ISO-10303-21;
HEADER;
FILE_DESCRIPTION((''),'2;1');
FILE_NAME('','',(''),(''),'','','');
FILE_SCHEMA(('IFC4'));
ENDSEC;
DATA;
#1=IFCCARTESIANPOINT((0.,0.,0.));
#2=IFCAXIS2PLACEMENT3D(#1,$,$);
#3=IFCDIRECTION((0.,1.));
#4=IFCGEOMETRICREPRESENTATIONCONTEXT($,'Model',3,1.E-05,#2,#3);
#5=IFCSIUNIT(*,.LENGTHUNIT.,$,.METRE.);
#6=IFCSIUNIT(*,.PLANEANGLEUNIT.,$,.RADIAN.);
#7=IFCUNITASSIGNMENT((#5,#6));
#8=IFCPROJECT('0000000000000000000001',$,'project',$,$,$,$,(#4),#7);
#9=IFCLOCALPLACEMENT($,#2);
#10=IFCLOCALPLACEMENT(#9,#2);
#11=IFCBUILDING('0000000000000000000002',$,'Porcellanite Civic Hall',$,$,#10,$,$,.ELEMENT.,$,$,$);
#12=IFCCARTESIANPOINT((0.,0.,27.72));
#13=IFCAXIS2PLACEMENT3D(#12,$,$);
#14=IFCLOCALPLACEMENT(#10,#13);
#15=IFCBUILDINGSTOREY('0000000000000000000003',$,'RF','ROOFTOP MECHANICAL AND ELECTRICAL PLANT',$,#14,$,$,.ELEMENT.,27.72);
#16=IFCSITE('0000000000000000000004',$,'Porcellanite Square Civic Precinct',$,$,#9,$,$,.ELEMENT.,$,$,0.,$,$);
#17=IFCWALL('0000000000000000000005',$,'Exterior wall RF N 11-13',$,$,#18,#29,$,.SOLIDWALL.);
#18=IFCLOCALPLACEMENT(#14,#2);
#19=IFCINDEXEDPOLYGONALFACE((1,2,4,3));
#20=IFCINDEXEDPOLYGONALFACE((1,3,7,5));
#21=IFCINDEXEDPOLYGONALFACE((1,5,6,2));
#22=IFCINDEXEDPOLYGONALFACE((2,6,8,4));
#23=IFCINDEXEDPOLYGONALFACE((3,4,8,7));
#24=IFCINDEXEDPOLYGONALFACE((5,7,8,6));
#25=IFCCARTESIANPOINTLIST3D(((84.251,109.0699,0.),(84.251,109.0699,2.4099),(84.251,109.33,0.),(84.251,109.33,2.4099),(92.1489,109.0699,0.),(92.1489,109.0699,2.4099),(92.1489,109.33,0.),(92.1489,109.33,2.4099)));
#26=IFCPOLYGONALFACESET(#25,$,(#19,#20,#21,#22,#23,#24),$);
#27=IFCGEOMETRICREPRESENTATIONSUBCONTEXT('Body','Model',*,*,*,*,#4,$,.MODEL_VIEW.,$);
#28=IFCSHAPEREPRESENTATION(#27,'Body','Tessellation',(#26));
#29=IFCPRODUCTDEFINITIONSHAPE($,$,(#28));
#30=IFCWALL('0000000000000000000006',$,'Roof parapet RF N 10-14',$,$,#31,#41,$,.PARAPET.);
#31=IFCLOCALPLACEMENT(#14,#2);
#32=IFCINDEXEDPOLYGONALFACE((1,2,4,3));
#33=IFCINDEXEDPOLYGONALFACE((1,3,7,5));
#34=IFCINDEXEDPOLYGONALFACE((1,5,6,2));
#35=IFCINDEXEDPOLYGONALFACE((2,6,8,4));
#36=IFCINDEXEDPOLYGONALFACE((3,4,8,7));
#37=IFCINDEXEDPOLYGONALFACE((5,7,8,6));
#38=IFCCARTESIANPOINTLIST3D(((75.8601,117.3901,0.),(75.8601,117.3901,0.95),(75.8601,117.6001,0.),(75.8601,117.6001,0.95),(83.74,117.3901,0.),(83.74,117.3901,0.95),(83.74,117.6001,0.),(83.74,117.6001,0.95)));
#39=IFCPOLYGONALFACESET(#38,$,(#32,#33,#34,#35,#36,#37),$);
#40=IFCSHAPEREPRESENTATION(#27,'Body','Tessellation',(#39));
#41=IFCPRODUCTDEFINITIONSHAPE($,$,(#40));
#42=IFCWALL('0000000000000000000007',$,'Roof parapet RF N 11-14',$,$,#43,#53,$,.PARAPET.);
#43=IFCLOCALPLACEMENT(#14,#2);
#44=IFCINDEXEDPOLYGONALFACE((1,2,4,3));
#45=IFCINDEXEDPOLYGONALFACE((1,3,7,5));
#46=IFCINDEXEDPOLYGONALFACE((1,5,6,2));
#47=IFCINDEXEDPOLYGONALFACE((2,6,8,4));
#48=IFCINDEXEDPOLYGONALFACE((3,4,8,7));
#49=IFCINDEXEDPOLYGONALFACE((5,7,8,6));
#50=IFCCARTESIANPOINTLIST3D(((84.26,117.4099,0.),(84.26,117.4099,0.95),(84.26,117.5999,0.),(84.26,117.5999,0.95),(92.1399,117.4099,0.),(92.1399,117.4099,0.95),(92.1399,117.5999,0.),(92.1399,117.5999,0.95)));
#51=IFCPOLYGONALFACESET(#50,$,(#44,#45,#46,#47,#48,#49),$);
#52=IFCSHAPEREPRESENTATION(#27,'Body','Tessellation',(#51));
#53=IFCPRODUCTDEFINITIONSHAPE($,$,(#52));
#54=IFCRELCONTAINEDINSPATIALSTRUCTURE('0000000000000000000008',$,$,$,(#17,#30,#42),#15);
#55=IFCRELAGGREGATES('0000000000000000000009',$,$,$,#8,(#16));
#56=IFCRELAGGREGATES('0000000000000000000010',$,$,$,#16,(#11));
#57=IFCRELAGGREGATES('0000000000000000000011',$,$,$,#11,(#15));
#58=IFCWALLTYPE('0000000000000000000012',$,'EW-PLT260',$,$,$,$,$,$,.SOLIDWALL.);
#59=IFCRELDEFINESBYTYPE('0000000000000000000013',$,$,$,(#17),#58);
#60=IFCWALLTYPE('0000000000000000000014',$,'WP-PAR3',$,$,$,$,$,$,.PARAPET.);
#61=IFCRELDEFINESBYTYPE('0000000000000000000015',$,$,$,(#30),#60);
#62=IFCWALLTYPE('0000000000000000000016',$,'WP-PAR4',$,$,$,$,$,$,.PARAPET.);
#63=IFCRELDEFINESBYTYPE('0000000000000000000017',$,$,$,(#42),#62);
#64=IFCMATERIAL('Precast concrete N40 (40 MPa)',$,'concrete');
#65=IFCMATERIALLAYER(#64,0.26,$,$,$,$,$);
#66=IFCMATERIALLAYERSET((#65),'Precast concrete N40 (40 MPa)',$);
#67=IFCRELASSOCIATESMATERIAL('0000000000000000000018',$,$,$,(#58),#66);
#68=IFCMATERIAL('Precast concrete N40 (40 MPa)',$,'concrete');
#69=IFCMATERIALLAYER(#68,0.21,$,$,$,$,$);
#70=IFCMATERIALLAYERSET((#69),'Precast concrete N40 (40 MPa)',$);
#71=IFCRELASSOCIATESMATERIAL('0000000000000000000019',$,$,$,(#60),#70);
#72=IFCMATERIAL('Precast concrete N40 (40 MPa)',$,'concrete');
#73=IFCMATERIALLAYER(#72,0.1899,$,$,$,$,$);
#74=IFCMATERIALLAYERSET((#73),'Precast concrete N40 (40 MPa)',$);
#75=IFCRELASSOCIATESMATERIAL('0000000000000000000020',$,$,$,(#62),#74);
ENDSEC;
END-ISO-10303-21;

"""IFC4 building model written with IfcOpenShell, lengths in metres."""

from ifc_helpers import new_model, si_unit, direction, frame, frame_2d, origin, place, context, subcontext, project, spatial, rectangle, extrude, material, layer, layer_set, type_object, element, save


model = new_model("IFC4")

# Units and contexts
model_context = context("Model", 3, precision=1e-05, world=origin(), true_north=direction((0.0, 1.0)))
body_context = subcontext(model_context, "Body", "Model", "MODEL_VIEW")
ifc_project = project(units=[si_unit("LENGTHUNIT", "METRE"), si_unit("PLANEANGLEUNIT", "RADIAN")], contexts=[model_context])

# Site, building, storey
site_placement = place(None, origin())
site = spatial("IfcSite", under=ifc_project, at=site_placement, Name="Porcellanite Square Civic Precinct", CompositionType="ELEMENT", RefElevation=0.0)
building_placement = place(site_placement, origin())
building = spatial("IfcBuilding", under=site, at=building_placement, Name="Porcellanite Civic Hall", CompositionType="ELEMENT")
storey_placement = place(building_placement, frame((0.0, 0.0, 27.72)))
storey = spatial("IfcBuildingStorey", under=building, at=storey_placement, Name="RF", Description="ROOFTOP MECHANICAL AND ELECTRICAL PLANT", CompositionType="ELEMENT", Elevation=27.72)

# Walls
ifc_material_1 = material(Name="Precast concrete N40 (40 MPa)", Category="concrete")
ifc_layer_1 = layer(ifc_material_1, 0.26)
ifc_layer_set_1 = layer_set([ifc_layer_1], Name="Precast concrete N40 (40 MPa)")
wall_type_1 = type_object("IfcWallType", Name="EW-PLT260", PredefinedType="SOLIDWALL", material=ifc_layer_set_1)
for number, where, z_axis, x_axis, name in (
    (1, (84.251, 109.2, 0.0), (0.0, 0.0, 1.0), (1.0, 0.0, 0.0), "Exterior wall RF N 11-13"),
):
    element("IfcWall", number, at=place(storey_placement, frame(where, z_axis=z_axis, x_axis=x_axis)), inside=storey, type_object=wall_type_1, Name=name, PredefinedType="SOLIDWALL", context=body_context, shape_type="SweptSolid", body=[
        extrude(rectangle(XDim=7.8979, YDim=0.26, at=frame_2d((3.949, 0.0))), origin(), (0.0, 0.0, 1.0), 2.4099),
    ])
ifc_material_2 = material(Name="Precast concrete N40 (40 MPa)", Category="concrete")
ifc_layer_2 = layer(ifc_material_2, 0.21)
ifc_layer_set_2 = layer_set([ifc_layer_2], Name="Precast concrete N40 (40 MPa)")
wall_type_2 = type_object("IfcWallType", Name="WP-PAR3", PredefinedType="PARAPET", material=ifc_layer_set_2)
wall_1_placement = place(storey_placement, frame((75.8601, 117.4951, 0.0), z_axis=(0.0, 0.0, 1.0), x_axis=(1.0, 0.0, 0.0)))
element("IfcWall", 2, at=wall_1_placement, inside=storey, type_object=wall_type_2, Name="Roof parapet RF N 10-14", PredefinedType="PARAPET", context=body_context, shape_type="SweptSolid", body=[
    extrude(rectangle(XDim=7.8799, YDim=0.21, at=frame_2d((3.9399, 0.0))), origin(), (0.0, 0.0, 1.0), 0.95),
])
ifc_material_3 = material(Name="Precast concrete N40 (40 MPa)", Category="concrete")
ifc_layer_3 = layer(ifc_material_3, 0.1899)
ifc_layer_set_3 = layer_set([ifc_layer_3], Name="Precast concrete N40 (40 MPa)")
wall_type_3 = type_object("IfcWallType", Name="WP-PAR4", PredefinedType="PARAPET", material=ifc_layer_set_3)
wall_2_placement = place(storey_placement, frame((84.26, 117.5049, 0.0), z_axis=(0.0, 0.0, 1.0), x_axis=(1.0, 0.0, 0.0)))
element("IfcWall", 3, at=wall_2_placement, inside=storey, type_object=wall_type_3, Name="Roof parapet RF N 11-14", PredefinedType="PARAPET", context=body_context, shape_type="SweptSolid", body=[
    extrude(rectangle(XDim=7.8799, YDim=0.1899, at=frame_2d((3.9399, 0.0))), origin(), (0.0, 0.0, 1.0), 0.95),
])

save(model, "model.ifc")
